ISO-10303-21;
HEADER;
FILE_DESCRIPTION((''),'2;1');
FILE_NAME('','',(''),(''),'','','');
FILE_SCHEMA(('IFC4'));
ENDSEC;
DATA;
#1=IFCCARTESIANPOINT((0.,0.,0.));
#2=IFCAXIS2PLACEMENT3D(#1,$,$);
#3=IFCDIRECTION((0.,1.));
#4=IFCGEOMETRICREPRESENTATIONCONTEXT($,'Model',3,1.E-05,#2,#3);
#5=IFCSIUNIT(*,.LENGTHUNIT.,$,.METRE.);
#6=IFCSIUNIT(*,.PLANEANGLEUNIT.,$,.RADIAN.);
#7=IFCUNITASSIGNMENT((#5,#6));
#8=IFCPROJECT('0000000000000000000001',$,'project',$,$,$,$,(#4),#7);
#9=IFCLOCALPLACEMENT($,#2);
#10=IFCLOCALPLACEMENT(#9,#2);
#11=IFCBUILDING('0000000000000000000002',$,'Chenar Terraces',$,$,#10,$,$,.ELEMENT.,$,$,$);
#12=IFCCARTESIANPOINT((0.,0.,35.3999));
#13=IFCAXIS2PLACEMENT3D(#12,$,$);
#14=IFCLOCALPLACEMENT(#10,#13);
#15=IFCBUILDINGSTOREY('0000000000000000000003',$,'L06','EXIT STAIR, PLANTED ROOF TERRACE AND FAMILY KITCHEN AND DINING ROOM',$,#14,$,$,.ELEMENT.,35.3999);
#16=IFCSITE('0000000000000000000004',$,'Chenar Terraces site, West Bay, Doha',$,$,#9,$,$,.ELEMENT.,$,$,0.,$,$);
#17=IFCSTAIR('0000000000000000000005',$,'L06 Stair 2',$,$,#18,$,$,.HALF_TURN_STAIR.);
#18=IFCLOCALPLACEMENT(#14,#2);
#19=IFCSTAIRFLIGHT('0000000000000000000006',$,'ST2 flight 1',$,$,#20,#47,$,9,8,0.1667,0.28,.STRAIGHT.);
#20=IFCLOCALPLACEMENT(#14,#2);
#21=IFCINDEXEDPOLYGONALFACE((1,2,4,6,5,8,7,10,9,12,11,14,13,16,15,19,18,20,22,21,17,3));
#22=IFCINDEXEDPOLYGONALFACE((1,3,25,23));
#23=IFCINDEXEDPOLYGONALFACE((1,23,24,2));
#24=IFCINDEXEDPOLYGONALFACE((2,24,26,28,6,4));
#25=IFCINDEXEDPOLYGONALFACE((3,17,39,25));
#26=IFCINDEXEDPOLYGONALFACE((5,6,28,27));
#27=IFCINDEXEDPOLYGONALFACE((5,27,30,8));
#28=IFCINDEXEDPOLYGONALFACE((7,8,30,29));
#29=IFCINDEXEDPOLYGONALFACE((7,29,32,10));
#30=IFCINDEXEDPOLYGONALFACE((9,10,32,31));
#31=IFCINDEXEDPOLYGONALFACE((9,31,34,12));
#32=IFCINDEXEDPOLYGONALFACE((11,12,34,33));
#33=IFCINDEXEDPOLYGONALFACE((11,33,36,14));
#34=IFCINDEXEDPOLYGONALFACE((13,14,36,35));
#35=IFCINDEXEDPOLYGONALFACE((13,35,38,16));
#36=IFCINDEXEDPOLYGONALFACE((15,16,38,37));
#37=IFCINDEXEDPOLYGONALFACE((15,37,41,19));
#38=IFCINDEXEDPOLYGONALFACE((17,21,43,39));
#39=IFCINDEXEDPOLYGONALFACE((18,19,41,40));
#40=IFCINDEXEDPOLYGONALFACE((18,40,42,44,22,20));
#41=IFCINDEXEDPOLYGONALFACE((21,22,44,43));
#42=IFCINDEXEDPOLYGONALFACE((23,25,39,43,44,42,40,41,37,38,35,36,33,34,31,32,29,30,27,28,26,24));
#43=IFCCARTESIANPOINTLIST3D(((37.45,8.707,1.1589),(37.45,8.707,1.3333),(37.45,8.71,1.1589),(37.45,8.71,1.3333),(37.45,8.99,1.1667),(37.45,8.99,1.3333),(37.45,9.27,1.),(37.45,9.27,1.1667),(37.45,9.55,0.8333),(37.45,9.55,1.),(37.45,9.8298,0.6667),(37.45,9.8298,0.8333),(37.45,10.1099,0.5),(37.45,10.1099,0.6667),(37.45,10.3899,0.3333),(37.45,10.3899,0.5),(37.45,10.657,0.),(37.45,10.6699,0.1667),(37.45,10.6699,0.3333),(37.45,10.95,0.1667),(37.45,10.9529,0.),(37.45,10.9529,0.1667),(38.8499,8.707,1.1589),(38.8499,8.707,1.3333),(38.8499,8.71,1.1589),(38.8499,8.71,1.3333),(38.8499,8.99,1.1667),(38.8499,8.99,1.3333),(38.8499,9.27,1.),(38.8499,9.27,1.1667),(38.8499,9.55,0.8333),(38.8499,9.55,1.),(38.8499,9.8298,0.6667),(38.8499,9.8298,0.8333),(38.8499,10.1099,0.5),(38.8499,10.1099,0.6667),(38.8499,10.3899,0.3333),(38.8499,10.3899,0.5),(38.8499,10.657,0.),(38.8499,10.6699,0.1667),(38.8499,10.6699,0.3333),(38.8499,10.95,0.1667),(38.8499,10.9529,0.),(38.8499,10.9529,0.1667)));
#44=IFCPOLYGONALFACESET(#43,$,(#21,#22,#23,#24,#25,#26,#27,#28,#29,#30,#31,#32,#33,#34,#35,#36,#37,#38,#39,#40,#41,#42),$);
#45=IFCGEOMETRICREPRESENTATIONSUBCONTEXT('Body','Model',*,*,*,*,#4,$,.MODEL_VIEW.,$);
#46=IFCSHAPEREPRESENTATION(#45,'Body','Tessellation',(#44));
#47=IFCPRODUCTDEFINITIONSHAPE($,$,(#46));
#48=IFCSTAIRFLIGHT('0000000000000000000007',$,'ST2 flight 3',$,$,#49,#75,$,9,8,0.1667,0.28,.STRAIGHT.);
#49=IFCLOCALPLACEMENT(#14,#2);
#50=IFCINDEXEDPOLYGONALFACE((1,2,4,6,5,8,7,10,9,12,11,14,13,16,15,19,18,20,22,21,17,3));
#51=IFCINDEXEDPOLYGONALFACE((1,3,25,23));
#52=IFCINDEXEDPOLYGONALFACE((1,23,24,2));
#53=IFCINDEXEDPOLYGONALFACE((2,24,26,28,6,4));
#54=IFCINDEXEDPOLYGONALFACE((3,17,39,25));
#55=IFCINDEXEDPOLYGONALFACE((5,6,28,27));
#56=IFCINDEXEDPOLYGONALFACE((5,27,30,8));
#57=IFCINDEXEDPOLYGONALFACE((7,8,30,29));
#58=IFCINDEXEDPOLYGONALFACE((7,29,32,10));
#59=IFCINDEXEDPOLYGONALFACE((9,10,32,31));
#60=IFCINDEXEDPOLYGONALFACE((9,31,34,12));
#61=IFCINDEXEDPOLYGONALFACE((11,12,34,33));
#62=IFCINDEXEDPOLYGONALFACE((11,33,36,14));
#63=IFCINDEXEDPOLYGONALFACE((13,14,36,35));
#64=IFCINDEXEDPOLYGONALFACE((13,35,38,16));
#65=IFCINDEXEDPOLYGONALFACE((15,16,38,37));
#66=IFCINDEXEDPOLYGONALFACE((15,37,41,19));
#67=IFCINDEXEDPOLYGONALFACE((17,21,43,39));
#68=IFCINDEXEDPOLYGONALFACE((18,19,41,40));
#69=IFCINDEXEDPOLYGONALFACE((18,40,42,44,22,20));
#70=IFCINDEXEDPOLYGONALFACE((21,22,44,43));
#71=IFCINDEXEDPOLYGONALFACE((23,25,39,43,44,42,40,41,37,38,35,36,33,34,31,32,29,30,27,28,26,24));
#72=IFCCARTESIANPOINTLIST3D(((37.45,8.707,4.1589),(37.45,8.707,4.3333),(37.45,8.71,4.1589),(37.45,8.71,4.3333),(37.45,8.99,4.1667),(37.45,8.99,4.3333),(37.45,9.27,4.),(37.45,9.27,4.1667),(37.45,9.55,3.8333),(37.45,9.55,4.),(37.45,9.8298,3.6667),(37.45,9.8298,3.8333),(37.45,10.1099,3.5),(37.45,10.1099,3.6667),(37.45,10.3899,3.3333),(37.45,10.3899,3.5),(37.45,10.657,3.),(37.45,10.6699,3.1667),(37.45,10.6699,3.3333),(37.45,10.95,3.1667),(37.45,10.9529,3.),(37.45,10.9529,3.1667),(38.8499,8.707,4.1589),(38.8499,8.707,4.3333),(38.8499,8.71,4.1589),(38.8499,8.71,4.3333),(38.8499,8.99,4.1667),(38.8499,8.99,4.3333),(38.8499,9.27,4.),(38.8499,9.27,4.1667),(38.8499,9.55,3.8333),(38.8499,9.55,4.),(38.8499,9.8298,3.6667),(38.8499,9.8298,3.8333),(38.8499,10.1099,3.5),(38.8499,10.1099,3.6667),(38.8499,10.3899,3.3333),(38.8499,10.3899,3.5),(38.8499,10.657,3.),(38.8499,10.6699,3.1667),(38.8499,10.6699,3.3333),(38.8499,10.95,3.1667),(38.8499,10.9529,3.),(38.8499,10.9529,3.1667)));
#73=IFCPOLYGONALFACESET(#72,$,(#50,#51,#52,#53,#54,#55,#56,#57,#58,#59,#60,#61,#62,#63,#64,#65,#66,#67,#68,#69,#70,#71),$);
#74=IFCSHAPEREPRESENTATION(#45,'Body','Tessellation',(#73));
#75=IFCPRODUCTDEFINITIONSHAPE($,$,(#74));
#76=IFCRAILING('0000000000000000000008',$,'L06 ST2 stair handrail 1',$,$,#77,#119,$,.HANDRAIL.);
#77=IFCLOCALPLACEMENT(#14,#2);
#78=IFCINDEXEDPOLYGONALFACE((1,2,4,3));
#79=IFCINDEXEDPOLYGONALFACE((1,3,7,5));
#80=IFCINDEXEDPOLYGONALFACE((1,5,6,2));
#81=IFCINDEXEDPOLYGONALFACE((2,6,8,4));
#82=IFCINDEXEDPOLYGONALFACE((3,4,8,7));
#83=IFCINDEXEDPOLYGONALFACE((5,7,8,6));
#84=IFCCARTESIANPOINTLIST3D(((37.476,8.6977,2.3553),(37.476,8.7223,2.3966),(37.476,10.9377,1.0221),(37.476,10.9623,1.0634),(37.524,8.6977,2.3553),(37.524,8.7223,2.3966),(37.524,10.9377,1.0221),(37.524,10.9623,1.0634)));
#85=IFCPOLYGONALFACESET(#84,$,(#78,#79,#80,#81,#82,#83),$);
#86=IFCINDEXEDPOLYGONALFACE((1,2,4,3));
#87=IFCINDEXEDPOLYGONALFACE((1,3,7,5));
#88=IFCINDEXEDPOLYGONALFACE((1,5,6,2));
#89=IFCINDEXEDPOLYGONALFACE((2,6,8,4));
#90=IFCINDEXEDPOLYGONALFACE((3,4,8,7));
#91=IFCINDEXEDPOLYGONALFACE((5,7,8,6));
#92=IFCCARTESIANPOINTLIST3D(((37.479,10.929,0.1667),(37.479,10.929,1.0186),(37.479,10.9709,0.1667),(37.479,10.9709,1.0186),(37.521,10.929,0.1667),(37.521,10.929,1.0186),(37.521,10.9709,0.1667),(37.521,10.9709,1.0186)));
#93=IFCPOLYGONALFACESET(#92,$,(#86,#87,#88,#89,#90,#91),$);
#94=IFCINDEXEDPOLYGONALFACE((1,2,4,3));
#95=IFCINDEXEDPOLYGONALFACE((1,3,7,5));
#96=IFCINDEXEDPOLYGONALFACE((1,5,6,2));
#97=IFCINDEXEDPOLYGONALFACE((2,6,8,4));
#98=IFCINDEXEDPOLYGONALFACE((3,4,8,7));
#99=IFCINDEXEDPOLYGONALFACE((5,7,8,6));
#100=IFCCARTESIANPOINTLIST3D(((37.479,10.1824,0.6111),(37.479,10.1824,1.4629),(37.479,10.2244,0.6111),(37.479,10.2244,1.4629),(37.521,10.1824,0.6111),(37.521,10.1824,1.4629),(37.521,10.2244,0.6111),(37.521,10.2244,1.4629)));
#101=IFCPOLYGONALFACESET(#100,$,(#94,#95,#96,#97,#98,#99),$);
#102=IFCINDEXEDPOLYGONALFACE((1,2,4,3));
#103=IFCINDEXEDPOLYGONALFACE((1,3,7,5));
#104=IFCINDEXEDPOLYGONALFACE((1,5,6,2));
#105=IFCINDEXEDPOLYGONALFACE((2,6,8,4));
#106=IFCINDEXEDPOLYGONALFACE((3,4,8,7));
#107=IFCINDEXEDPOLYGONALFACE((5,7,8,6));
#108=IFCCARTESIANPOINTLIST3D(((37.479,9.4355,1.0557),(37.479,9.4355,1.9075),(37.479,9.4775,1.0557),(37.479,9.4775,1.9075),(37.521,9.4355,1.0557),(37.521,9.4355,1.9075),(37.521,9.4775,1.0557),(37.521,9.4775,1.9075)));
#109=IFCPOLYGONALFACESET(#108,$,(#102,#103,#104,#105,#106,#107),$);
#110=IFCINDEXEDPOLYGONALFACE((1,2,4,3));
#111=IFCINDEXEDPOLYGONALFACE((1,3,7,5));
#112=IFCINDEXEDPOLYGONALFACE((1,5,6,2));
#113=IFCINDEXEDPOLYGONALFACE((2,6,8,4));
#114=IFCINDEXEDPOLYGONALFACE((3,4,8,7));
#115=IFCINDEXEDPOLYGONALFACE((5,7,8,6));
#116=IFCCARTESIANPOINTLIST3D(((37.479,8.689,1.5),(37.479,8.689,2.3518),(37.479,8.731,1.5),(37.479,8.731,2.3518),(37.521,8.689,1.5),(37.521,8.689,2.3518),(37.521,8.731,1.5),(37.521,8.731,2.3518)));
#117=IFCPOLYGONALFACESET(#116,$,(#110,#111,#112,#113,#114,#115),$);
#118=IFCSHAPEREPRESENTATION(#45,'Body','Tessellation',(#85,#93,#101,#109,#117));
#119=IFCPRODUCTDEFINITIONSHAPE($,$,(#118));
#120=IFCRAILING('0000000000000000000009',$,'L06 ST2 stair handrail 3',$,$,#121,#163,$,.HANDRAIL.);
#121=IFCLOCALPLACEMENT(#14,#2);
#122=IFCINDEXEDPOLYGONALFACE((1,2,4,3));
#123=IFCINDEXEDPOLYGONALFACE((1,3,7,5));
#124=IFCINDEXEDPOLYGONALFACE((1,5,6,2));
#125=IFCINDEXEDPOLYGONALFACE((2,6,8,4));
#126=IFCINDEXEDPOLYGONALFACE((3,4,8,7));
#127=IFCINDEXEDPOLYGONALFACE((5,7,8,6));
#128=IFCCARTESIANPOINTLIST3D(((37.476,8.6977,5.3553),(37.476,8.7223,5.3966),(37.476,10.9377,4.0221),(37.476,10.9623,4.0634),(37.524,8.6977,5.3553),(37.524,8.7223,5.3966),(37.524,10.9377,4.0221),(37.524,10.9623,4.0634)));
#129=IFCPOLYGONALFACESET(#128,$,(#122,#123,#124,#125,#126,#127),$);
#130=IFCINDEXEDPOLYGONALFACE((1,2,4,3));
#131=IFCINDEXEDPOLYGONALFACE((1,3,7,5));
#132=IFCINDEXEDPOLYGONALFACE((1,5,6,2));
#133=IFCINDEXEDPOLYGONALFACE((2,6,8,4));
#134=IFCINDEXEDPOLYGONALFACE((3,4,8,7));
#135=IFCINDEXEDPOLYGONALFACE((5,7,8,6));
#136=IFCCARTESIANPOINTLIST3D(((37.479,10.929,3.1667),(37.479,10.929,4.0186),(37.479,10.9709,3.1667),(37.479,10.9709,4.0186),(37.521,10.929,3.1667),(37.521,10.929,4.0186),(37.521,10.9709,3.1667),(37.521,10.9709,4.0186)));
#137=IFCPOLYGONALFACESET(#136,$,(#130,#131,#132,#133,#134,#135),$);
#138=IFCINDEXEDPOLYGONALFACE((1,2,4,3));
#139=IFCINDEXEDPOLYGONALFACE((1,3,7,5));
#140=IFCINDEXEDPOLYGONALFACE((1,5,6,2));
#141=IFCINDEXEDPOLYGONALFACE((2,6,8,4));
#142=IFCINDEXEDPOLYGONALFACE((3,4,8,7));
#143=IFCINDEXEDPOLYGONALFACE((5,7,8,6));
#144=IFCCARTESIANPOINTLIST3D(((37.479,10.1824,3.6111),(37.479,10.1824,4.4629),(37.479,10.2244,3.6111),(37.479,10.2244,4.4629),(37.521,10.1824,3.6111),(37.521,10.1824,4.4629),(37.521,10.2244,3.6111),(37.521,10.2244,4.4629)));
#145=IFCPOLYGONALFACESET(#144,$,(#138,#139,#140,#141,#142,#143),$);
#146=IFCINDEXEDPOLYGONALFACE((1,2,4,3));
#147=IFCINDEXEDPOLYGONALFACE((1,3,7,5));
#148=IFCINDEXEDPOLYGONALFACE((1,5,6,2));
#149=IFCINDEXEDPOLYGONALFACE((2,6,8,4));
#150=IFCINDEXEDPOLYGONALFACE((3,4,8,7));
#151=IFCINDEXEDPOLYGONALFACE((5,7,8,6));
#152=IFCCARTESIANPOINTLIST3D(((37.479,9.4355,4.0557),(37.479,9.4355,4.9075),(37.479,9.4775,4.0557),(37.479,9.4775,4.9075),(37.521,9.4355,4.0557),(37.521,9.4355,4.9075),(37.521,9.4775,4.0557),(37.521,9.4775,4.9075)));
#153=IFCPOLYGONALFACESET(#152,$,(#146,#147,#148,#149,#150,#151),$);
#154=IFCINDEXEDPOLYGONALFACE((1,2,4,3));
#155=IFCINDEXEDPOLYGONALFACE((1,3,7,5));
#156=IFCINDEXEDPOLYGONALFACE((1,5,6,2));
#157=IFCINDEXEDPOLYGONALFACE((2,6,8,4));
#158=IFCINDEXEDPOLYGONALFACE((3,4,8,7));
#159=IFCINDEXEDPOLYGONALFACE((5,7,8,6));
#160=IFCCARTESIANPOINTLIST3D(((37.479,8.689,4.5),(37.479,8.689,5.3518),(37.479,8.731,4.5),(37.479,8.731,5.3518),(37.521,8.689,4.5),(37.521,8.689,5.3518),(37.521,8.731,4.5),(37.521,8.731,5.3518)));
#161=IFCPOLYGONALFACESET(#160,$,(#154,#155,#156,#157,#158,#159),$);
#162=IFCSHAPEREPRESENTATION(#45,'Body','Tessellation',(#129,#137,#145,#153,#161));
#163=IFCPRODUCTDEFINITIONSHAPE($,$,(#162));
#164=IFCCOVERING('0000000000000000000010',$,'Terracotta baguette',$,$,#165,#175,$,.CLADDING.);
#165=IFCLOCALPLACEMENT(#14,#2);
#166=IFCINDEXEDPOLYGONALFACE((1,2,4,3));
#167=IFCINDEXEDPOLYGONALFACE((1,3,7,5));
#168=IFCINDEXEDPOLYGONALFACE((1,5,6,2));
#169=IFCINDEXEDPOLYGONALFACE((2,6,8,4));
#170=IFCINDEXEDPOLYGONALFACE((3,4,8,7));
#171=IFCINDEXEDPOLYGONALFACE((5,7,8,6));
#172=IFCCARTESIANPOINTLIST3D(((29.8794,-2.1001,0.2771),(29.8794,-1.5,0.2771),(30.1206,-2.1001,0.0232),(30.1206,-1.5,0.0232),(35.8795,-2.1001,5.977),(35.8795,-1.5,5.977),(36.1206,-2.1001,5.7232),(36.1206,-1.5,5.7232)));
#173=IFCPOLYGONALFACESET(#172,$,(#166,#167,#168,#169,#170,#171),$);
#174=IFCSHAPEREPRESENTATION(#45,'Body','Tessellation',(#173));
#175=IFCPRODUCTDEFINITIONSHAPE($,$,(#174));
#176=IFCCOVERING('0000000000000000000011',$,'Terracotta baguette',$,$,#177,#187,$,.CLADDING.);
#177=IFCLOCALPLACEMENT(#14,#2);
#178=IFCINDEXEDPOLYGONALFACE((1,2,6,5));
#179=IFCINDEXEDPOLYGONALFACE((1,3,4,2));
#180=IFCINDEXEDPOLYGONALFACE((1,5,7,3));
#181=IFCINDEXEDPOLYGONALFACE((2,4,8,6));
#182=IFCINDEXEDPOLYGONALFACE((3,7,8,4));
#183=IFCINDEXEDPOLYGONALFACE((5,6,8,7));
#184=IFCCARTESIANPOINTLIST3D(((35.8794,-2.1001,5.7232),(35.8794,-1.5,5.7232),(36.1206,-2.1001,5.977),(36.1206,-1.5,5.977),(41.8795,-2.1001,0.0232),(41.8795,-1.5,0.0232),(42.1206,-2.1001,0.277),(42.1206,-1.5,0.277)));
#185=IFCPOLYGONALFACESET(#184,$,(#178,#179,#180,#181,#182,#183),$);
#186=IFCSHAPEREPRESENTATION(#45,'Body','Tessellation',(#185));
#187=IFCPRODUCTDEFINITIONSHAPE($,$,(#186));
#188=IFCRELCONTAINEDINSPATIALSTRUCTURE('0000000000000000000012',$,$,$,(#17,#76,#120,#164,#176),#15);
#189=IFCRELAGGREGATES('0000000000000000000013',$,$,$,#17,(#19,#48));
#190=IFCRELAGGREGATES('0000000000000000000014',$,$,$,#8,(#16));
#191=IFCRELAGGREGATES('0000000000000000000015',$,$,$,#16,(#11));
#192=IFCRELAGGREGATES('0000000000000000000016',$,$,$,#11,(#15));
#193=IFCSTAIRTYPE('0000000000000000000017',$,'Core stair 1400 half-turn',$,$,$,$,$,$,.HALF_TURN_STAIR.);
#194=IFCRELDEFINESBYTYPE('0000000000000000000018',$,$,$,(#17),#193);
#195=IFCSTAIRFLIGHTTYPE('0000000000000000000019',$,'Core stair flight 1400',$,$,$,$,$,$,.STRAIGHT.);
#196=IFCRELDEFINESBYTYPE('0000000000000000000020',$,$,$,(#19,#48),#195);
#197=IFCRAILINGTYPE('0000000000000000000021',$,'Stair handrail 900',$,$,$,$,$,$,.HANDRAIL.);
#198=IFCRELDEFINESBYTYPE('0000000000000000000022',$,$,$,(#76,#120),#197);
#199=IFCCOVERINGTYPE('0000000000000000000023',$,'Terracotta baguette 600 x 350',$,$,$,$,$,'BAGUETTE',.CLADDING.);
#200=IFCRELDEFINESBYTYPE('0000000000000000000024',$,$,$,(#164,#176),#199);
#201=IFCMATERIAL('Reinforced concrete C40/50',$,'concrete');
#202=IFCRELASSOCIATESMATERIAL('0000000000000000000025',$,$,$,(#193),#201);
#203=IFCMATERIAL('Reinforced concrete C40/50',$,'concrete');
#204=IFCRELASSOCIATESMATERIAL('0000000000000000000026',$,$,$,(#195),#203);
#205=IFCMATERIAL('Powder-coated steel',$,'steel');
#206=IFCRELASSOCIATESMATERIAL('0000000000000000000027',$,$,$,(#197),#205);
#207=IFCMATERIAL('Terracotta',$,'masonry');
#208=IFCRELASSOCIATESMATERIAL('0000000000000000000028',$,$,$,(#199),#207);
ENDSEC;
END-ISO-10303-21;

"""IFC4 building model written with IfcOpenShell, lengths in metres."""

from ifc_helpers import new_model, si_unit, direction, frame, origin, origin_2d, place, context, subcontext, project, spatial, polyline, rectangle, outline, extrude, material, material_profile, profile_set, type_object, element, aggregate, save


model = new_model("IFC4")

# Units and contexts
model_context = context("Model", 3, precision=1e-05, world=origin(), true_north=direction((0.0, 1.0)))
body_context = subcontext(model_context, "Body", "Model", "MODEL_VIEW")
ifc_project = project(units=[si_unit("LENGTHUNIT", "METRE"), si_unit("PLANEANGLEUNIT", "RADIAN")], contexts=[model_context])

# Site, building, storey
site_placement = place(None, origin())
site = spatial("IfcSite", under=ifc_project, at=site_placement, Name="Chenar Terraces site, West Bay, Doha", CompositionType="ELEMENT", RefElevation=0.0)
building_placement = place(site_placement, origin())
building = spatial("IfcBuilding", under=site, at=building_placement, Name="Chenar Terraces", CompositionType="ELEMENT")
storey_placement = place(building_placement, frame((0.0, 0.0, 35.3999)))
storey = spatial("IfcBuildingStorey", under=building, at=storey_placement, Name="L06", Description="EXIT STAIR, PLANTED ROOF TERRACE AND FAMILY KITCHEN AND DINING ROOM", CompositionType="ELEMENT", Elevation=35.3999)

# Stair, stair flights
ifc_material_1 = material(Name="Reinforced concrete C40/50", Category="concrete")
stair_type = type_object("IfcStairType", Name="Core stair 1400 half-turn", PredefinedType="HALF_TURN_STAIR", material=ifc_material_1)
stair_placement = place(storey_placement, origin())
stair = element("IfcStair", 1, at=stair_placement, inside=storey, type_object=stair_type, Name="L06 Stair 2", PredefinedType="HALF_TURN_STAIR")
ifc_material_2 = material(Name="Reinforced concrete C40/50", Category="concrete")
stair_flight_type = type_object("IfcStairFlightType", Name="Core stair flight 1400", PredefinedType="STRAIGHT", material=ifc_material_2)
stair_flight_1_placement = place(storey_placement, frame((38.1499, 10.95, 0.0), z_axis=(0.0, 0.0, 1.0), x_axis=(0.0, -1.0, 0.0)))
stair_flight_1 = element("IfcStairFlight", 2, at=stair_flight_1_placement, type_object=stair_flight_type, Name="ST2 flight 1", NumberOfRisers=9, NumberOfTreads=8, PredefinedType="STRAIGHT", RiserHeight=0.1667, TreadLength=0.28, context=body_context, shape_type="SweptSolid", body=[
    extrude(outline(polyline([(-0.0029, 0.0), (-0.0029, 0.1667), (0.0, 0.1667), (0.28, 0.1667), (0.28, 0.3333), (0.5601, 0.3333), (0.5601, 0.5), (0.8401, 0.5), (0.8401, 0.6667), (1.1201, 0.6667), (1.1201, 0.8333), (1.3999, 0.8333), (1.3999, 1.0), (1.6799, 1.0), (1.6799, 1.1667), (1.96, 1.1667), (1.96, 1.3333), (2.24, 1.3333), (2.2429, 1.3333), (2.2429, 1.1589), (2.24, 1.1589), (0.293, 0.0), (-0.0029, 0.0)])), frame((0.0, 0.7, 0.0), z_axis=(0.0, -1.0, 0.0), x_axis=(1.0, 0.0, 0.0)), (0.0, 0.0, 1.0), 1.3999),
])
stair_flight_2_placement = place(storey_placement, frame((38.1499, 10.95, 3.0), z_axis=(0.0, 0.0, 1.0), x_axis=(0.0, -1.0, 0.0)))
stair_flight_2 = element("IfcStairFlight", 3, at=stair_flight_2_placement, type_object=stair_flight_type, Name="ST2 flight 3", NumberOfRisers=9, NumberOfTreads=8, PredefinedType="STRAIGHT", RiserHeight=0.1667, TreadLength=0.28, context=body_context, shape_type="SweptSolid", body=[
    extrude(outline(polyline([(-0.0029, 0.0), (-0.0029, 0.1667), (0.0, 0.1667), (0.28, 0.1667), (0.28, 0.3333), (0.5601, 0.3333), (0.5601, 0.5), (0.8401, 0.5), (0.8401, 0.6667), (1.1201, 0.6667), (1.1201, 0.8333), (1.3999, 0.8333), (1.3999, 1.0), (1.6799, 1.0), (1.6799, 1.1667), (1.96, 1.1667), (1.96, 1.3333), (2.24, 1.3333), (2.2429, 1.3333), (2.2429, 1.1589), (2.24, 1.1589), (0.293, 0.0), (-0.0029, 0.0)])), frame((0.0, 0.7, 0.0), z_axis=(0.0, -1.0, 0.0), x_axis=(1.0, 0.0, 0.0)), (0.0, 0.0, 1.0), 1.3999),
])
aggregate(stair, [stair_flight_1, stair_flight_2])

# Railings
ifc_material_3 = material(Name="Powder-coated steel", Category="steel")
railing_type = type_object("IfcRailingType", Name="Stair handrail 900", PredefinedType="HANDRAIL", material=ifc_material_3)
for number, where, name in (
    (4, (37.5, 10.95, 0.1667), "L06 ST2 stair handrail 1"),
    (5, (37.5, 10.95, 3.1667), "L06 ST2 stair handrail 3"),
):
    element("IfcRailing", number, at=place(storey_placement, frame(where)), inside=storey, type_object=railing_type, Name=name, PredefinedType="HANDRAIL", context=body_context, shape_type="SweptSolid", body=[
        extrude(rectangle(XDim=0.0481, YDim=0.0481, at=origin_2d()), frame((0.0, 0.0, 0.876), z_axis=(0.0, -0.859306, 0.511462), x_axis=(1.0, 0.0, 0.0)), (0.0, 0.0, 1.0), 2.6067),
        extrude(rectangle(XDim=0.042, YDim=0.042, at=origin_2d()), origin(), (0.0, 0.0, 1.0), 0.8518),
        extrude(rectangle(XDim=0.042, YDim=0.042, at=origin_2d()), frame((0.0, -0.7466, 0.4443)), (0.0, 0.0, 1.0), 0.8518),
        extrude(rectangle(XDim=0.042, YDim=0.042, at=origin_2d()), frame((0.0, -1.4934, 0.8889)), (0.0, 0.0, 1.0), 0.8518),
        extrude(rectangle(XDim=0.042, YDim=0.042, at=origin_2d()), frame((0.0, -2.24, 1.3333)), (0.0, 0.0, 1.0), 0.8518),
    ])

# Coverings
ifc_material_4 = material(Name="Terracotta", Category="masonry")
ifc_material_profile_1 = material_profile(ifc_material_4, rectangle(XDim=0.6001, YDim=0.3501, at=origin_2d()), Name="Terracotta baguette 600 x 350")
ifc_profile_set_1 = profile_set([ifc_material_profile_1], Name="Terracotta")
covering_type = type_object("IfcCoveringType", Name="Terracotta baguette 600 x 350", ElementType="BAGUETTE", PredefinedType="CLADDING", material=ifc_profile_set_1)
for number, where, z_axis, x_axis, name in (
    (6, (30.0, -1.8, 0.1501), (0.725002, 0.0, 0.688746), (0.0, 1.0, 0.0), "Terracotta baguette"),
    (7, (36.0, -1.8, 5.8501), (0.725002, 0.0, -0.688746), (0.0, 1.0, 0.0), "Terracotta baguette"),
):
    element("IfcCovering", number, at=place(storey_placement, frame(where, z_axis=z_axis, x_axis=x_axis)), inside=storey, type_object=covering_type, Name=name, PredefinedType="CLADDING", context=body_context, shape_type="SweptSolid", body=[
        extrude(rectangle(XDim=0.6001, YDim=0.3501, at=origin_2d()), origin(), (0.0, 0.0, 1.0), 8.2759),
    ])

save(model, "model.ifc")
